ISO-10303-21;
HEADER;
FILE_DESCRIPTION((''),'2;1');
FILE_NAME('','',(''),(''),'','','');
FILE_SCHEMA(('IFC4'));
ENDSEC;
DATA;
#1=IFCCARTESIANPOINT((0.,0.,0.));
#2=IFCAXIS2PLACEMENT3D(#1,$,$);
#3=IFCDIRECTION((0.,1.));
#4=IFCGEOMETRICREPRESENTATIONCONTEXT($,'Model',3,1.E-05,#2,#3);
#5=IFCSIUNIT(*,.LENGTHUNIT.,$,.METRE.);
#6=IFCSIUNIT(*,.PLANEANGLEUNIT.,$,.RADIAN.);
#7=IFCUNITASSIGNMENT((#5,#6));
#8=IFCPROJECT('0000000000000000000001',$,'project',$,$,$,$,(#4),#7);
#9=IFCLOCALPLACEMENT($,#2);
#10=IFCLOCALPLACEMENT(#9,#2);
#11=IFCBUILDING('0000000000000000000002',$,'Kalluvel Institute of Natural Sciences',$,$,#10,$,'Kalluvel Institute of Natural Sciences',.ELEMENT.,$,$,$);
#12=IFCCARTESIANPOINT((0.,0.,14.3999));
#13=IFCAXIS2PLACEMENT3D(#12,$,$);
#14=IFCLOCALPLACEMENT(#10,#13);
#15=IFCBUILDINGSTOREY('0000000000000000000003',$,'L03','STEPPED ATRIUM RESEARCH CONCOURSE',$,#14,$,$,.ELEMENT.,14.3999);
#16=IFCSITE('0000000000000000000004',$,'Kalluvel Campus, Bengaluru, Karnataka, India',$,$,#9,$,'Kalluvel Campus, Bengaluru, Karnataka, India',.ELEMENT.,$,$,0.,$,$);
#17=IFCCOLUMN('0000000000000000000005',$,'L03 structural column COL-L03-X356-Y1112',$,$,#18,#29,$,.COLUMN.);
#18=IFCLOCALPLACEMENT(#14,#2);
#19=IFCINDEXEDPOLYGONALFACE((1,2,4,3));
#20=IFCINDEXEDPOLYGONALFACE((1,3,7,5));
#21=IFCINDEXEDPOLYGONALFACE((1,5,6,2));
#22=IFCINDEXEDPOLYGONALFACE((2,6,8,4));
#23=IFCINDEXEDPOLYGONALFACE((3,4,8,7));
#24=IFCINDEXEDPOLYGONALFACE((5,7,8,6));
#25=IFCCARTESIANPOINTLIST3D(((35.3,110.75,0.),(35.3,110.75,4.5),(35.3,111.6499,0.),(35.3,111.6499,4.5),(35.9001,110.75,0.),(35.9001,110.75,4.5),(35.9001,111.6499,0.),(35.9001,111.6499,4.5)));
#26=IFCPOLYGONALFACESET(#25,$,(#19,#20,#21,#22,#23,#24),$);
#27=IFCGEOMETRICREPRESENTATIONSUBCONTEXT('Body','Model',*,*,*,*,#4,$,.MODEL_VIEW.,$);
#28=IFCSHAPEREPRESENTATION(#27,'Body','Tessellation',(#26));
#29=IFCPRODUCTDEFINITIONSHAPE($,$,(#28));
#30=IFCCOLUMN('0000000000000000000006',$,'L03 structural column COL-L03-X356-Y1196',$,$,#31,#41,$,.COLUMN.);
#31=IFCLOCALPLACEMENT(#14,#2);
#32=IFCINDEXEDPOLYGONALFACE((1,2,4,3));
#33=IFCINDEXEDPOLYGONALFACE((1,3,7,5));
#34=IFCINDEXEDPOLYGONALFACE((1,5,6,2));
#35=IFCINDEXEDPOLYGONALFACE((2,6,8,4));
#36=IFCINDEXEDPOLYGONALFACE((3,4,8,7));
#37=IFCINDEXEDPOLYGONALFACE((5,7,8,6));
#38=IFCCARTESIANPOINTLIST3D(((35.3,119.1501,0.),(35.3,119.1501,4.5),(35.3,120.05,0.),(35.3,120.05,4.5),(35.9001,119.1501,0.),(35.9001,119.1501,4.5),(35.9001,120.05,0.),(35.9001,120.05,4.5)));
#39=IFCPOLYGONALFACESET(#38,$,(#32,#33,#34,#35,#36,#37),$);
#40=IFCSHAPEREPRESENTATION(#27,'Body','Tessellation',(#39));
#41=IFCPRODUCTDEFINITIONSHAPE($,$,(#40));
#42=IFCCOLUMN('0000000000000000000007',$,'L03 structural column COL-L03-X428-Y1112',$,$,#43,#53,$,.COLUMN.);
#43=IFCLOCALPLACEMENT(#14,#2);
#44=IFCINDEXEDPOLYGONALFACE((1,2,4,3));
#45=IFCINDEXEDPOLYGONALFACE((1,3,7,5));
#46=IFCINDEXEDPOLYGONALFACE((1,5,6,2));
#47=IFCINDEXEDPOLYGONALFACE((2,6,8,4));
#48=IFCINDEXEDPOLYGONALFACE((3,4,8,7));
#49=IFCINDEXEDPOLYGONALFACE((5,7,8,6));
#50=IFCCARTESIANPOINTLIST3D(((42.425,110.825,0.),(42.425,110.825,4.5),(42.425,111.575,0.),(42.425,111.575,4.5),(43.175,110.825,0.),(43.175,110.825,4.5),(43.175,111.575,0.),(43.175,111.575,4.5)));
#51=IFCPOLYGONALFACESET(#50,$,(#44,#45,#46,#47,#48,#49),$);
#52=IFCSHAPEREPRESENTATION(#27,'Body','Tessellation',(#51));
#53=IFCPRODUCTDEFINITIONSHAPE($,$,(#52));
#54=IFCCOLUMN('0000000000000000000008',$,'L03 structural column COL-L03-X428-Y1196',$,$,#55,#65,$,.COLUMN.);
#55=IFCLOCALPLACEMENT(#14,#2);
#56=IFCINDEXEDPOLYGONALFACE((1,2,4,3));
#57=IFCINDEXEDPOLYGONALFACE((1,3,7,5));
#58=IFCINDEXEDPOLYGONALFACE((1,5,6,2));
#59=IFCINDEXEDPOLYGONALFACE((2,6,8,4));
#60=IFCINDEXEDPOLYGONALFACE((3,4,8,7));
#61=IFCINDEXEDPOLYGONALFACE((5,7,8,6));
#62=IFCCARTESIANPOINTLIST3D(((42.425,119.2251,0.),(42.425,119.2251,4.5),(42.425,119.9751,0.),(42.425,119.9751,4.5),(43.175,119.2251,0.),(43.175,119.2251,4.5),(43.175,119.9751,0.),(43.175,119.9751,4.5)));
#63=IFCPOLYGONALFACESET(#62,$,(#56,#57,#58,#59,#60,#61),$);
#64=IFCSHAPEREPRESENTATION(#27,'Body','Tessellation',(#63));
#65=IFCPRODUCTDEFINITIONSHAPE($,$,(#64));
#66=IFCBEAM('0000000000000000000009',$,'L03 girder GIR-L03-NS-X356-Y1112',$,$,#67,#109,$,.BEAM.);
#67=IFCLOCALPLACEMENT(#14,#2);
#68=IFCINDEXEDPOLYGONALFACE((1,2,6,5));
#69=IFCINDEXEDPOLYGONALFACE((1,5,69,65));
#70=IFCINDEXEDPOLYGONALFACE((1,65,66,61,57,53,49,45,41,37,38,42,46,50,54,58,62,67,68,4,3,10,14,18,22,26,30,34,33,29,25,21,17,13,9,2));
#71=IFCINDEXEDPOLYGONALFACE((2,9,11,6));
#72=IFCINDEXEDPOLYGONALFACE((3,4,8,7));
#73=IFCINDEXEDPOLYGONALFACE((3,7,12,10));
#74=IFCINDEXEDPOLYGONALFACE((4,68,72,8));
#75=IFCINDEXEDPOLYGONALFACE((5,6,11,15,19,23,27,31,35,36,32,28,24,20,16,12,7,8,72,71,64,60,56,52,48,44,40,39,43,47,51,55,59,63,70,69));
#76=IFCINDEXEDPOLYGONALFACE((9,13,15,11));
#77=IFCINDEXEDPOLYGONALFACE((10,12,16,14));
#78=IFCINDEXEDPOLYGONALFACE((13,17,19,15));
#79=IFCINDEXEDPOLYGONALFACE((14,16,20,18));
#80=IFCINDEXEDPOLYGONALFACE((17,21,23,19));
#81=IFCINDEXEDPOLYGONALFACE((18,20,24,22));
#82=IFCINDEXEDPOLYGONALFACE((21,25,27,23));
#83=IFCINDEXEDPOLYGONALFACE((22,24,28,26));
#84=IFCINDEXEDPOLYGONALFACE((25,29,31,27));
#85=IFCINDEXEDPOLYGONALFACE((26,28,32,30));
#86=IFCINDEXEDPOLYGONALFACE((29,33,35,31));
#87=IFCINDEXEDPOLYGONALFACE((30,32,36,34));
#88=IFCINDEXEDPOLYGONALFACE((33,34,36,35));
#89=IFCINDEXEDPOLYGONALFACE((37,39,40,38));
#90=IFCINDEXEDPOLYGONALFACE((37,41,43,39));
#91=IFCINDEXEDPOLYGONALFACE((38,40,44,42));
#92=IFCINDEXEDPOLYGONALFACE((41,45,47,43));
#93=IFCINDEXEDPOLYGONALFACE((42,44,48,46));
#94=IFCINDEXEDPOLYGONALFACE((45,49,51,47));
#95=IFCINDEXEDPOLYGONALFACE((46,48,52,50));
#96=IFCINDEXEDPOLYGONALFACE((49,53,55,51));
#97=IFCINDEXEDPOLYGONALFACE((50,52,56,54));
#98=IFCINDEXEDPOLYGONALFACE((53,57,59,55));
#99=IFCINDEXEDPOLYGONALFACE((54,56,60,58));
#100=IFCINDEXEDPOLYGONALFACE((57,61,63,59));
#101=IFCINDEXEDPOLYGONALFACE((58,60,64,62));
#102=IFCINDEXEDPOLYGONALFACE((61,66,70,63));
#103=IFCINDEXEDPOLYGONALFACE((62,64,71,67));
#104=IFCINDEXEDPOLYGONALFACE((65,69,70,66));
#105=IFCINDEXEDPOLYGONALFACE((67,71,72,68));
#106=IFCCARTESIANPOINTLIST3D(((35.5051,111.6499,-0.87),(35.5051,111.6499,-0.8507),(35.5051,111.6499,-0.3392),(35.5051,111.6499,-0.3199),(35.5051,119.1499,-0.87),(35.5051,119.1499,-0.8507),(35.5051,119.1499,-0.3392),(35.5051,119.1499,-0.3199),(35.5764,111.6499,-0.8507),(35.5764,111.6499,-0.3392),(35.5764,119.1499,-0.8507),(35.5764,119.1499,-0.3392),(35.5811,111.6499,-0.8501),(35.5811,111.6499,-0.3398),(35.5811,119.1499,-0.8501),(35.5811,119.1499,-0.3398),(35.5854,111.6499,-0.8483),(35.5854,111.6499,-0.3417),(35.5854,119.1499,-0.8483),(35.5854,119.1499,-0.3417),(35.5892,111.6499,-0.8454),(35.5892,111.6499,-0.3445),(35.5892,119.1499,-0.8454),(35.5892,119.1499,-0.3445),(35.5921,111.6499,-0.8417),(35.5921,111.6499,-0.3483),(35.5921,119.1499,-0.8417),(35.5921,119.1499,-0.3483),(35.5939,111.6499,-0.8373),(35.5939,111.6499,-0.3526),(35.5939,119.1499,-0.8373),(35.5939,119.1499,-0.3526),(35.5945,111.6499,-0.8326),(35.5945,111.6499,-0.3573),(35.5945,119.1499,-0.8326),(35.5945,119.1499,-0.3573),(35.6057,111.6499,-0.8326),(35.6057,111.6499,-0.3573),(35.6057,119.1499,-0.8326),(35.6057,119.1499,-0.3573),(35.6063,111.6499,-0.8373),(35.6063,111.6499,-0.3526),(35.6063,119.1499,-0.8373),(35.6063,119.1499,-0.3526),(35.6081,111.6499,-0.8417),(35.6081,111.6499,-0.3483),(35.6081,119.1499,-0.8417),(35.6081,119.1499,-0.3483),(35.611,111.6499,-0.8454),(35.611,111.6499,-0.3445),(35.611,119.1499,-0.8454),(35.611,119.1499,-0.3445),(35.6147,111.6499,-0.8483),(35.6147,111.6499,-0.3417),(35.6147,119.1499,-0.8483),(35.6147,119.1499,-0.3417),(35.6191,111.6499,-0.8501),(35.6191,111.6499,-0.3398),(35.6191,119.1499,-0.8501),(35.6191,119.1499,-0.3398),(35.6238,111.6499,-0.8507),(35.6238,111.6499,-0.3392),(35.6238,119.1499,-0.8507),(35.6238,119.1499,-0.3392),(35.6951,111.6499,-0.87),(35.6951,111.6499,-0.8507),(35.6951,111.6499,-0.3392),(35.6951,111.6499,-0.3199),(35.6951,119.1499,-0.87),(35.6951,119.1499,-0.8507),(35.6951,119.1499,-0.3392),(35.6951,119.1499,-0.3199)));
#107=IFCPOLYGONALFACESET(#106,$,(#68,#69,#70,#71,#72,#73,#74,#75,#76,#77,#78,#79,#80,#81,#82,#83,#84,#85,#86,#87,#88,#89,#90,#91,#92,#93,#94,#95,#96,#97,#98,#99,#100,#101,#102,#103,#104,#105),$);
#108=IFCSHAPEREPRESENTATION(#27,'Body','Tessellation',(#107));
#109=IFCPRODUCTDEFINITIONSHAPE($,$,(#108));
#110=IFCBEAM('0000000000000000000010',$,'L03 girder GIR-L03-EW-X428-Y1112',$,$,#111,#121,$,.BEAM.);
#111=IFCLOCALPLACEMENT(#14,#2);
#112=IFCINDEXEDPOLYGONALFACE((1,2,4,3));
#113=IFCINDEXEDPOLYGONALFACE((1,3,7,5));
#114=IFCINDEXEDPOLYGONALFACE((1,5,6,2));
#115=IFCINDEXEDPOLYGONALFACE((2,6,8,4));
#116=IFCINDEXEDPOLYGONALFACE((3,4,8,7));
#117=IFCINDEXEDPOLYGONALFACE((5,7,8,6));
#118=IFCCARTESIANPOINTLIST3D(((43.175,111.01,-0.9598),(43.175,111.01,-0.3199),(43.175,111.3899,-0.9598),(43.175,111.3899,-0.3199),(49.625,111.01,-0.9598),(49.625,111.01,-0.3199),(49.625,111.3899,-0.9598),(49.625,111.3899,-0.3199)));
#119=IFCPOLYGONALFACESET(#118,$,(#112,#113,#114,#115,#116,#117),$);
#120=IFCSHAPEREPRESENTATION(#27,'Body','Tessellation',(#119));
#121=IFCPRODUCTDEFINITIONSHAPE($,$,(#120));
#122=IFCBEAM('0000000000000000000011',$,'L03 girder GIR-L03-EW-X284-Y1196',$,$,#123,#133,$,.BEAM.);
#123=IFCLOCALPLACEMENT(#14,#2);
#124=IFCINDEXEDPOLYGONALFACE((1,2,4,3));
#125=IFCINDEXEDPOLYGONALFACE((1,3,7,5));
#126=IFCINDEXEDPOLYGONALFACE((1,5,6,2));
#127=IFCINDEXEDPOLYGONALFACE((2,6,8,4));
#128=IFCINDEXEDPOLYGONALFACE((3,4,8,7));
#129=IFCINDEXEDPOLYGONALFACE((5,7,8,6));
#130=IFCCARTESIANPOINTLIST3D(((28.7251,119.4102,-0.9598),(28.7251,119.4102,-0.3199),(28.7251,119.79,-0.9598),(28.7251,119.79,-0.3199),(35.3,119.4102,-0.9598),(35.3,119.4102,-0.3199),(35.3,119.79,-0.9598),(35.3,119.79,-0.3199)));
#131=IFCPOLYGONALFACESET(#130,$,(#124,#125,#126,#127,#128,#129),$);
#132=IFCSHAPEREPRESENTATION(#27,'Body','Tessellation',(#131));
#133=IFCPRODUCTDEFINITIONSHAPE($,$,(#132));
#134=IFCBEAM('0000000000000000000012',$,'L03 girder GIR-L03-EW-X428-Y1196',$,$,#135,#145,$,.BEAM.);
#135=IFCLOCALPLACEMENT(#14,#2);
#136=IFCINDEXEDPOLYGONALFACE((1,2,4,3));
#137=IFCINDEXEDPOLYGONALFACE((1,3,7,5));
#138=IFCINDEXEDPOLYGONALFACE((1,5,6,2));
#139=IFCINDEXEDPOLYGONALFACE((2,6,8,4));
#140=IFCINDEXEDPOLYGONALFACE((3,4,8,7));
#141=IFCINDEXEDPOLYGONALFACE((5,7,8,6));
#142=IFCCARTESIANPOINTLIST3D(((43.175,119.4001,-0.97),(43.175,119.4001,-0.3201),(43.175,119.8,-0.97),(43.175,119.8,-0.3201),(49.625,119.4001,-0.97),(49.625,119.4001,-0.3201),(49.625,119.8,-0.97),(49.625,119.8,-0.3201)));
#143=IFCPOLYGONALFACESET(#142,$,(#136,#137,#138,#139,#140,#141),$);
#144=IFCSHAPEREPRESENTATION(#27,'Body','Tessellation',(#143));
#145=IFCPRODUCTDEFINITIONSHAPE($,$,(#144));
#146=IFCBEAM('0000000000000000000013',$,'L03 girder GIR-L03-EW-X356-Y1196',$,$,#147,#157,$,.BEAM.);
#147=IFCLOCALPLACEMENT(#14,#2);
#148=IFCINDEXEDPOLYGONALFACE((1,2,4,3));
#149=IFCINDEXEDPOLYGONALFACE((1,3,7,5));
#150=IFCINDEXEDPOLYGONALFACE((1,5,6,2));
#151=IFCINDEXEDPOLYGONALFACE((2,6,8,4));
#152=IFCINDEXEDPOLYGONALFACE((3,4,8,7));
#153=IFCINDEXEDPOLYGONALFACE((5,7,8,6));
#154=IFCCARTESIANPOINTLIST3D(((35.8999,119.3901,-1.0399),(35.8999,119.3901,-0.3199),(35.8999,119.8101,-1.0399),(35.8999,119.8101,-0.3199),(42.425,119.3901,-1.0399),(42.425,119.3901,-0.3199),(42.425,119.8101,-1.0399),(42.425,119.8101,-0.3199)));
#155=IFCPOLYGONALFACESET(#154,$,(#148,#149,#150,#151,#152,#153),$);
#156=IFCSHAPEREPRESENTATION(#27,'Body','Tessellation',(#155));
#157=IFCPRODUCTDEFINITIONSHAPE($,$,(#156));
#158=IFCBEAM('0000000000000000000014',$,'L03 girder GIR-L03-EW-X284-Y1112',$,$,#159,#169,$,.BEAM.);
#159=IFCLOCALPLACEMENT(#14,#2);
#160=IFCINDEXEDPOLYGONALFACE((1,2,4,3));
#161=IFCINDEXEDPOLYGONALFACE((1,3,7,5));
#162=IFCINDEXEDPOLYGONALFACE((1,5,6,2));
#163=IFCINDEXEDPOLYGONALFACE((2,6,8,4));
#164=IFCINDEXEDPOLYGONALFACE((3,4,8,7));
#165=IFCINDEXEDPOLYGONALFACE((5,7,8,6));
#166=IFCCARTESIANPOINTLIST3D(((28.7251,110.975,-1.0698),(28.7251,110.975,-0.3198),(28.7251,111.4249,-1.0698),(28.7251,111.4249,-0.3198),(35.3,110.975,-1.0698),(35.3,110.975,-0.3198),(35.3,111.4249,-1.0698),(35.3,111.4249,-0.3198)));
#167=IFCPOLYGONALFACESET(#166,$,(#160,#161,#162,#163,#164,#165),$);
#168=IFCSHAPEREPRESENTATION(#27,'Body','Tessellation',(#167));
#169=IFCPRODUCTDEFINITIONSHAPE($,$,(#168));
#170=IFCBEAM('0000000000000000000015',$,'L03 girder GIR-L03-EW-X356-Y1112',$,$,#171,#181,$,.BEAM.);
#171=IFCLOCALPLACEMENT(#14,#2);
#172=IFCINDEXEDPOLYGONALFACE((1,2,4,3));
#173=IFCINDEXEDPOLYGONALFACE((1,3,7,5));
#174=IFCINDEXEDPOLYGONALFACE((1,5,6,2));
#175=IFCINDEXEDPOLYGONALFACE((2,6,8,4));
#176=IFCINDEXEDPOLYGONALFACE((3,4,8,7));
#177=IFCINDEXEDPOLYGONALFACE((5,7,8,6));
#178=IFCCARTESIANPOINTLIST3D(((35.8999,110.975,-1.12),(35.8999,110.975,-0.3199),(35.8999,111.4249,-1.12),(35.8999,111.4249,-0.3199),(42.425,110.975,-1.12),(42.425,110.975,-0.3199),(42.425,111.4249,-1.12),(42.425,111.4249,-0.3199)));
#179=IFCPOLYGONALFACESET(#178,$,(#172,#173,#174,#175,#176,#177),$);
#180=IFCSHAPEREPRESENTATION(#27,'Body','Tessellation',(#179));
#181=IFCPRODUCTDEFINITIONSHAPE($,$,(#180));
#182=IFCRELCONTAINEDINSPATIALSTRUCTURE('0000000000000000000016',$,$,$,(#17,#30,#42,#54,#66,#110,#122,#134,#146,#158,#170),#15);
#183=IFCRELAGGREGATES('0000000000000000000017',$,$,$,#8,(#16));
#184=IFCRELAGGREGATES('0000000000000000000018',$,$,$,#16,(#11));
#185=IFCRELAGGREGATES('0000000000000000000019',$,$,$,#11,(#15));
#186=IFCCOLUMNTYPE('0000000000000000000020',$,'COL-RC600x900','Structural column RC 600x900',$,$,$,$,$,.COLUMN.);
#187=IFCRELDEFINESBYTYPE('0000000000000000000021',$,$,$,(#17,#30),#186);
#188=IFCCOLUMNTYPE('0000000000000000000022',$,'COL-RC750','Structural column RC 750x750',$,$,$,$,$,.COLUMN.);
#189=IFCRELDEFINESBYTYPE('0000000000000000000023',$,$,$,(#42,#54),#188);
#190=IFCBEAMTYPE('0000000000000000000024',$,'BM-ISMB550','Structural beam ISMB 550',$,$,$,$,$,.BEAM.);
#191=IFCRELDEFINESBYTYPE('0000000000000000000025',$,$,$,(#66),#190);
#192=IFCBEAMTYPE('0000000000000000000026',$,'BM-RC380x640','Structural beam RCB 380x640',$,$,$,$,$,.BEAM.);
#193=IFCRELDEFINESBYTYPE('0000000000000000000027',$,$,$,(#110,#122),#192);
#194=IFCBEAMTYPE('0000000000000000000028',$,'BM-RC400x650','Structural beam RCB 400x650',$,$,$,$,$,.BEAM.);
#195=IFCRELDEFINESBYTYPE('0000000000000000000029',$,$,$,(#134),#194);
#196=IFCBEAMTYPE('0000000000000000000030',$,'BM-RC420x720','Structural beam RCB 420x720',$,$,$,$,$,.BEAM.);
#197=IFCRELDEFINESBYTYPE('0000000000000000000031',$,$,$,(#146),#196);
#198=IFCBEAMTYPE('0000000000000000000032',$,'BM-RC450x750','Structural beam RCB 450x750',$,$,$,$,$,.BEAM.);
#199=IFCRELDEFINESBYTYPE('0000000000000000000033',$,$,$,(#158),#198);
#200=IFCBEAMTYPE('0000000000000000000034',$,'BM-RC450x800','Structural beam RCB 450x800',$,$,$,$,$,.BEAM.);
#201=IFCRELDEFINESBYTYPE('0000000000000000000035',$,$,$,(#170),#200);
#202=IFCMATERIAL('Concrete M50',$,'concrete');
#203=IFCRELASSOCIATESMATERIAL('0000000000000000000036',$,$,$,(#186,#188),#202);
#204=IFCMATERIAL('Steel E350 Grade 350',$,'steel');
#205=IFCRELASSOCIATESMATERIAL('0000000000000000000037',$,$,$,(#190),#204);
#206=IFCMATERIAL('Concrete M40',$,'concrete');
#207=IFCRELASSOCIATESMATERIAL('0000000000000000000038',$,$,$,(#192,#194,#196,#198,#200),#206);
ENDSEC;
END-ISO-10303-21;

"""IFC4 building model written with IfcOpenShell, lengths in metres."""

from ifc_helpers import new_model, si_unit, direction, frame, origin, origin_2d, place, context, subcontext, project, spatial, rectangle, i_section, extrude, material, material_profile, profile_set, type_object, element, save


model = new_model("IFC4")

# Units and contexts
model_context = context("Model", 3, precision=1e-05, world=origin(), true_north=direction((0.0, 1.0)))
body_context = subcontext(model_context, "Body", "Model", "MODEL_VIEW")
ifc_project = project(units=[si_unit("LENGTHUNIT", "METRE"), si_unit("PLANEANGLEUNIT", "RADIAN")], contexts=[model_context])

# Site, building, storey
site_placement = place(None, origin())
site = spatial("IfcSite", under=ifc_project, at=site_placement, Name="Kalluvel Campus, Bengaluru, Karnataka, India", LongName="Kalluvel Campus, Bengaluru, Karnataka, India", CompositionType="ELEMENT", RefElevation=0.0)
building_placement = place(site_placement, origin())
building = spatial("IfcBuilding", under=site, at=building_placement, Name="Kalluvel Institute of Natural Sciences", LongName="Kalluvel Institute of Natural Sciences", CompositionType="ELEMENT")
storey_placement = place(building_placement, frame((0.0, 0.0, 14.3999)))
storey = spatial("IfcBuildingStorey", under=building, at=storey_placement, Name="L03", Description="STEPPED ATRIUM RESEARCH CONCOURSE", CompositionType="ELEMENT", Elevation=14.3999)

# Columns
ifc_material_1 = material(Name="Concrete M50", Category="concrete")
ifc_material_profile_1 = material_profile(ifc_material_1, rectangle(XDim=0.6001, YDim=0.8999, at=origin_2d()), Name="RC 600x900")
ifc_profile_set_1 = profile_set([ifc_material_profile_1], Name="Concrete M50")
column_type_1 = type_object("IfcColumnType", Name="COL-RC600x900", Description="Structural column RC 600x900", PredefinedType="COLUMN", material=ifc_profile_set_1)
for number, where, z_axis, x_axis, name in (
    (1, (35.6001, 111.2, 0.0), (0.0, 0.0, 1.0), (1.0, 0.0, 0.0), "L03 structural column COL-L03-X356-Y1112"),
    (2, (35.6001, 119.6001, 0.0), (0.0, 0.0, 1.0), (1.0, 0.0, 0.0), "L03 structural column COL-L03-X356-Y1196"),
):
    element("IfcColumn", number, at=place(storey_placement, frame(where, z_axis=z_axis, x_axis=x_axis)), inside=storey, type_object=column_type_1, Name=name, PredefinedType="COLUMN", context=body_context, shape_type="SweptSolid", body=[
        extrude(rectangle(XDim=0.6001, YDim=0.8999, at=origin_2d()), origin(), (0.0, 0.0, 1.0), 4.5),
    ])
ifc_material_profile_2 = material_profile(ifc_material_1, rectangle(XDim=0.75, YDim=0.75, at=origin_2d()), Name="RC 750x750")
ifc_profile_set_2 = profile_set([ifc_material_profile_2], Name="Concrete M50")
column_type_2 = type_object("IfcColumnType", Name="COL-RC750", Description="Structural column RC 750x750", PredefinedType="COLUMN", material=ifc_profile_set_2)
for number, where, z_axis, x_axis, name in (
    (3, (42.8, 111.2, 0.0), (0.0, 0.0, 1.0), (1.0, 0.0, 0.0), "L03 structural column COL-L03-X428-Y1112"),
    (4, (42.8, 119.6001, 0.0), (0.0, 0.0, 1.0), (1.0, 0.0, 0.0), "L03 structural column COL-L03-X428-Y1196"),
):
    element("IfcColumn", number, at=place(storey_placement, frame(where, z_axis=z_axis, x_axis=x_axis)), inside=storey, type_object=column_type_2, Name=name, PredefinedType="COLUMN", context=body_context, shape_type="SweptSolid", body=[
        extrude(rectangle(XDim=0.75, YDim=0.75, at=origin_2d()), origin(), (0.0, 0.0, 1.0), 4.5),
    ])

# Beams
ifc_material_2 = material(Name="Steel E350 Grade 350", Category="steel")
ifc_material_profile_3 = material_profile(ifc_material_2, i_section(OverallWidth=0.1899, OverallDepth=0.55, WebThickness=0.0112, FlangeThickness=0.0193, FilletRadius=0.0181, at=origin_2d()), Name="ISMB 550")
ifc_profile_set_3 = profile_set([ifc_material_profile_3], Name="Steel E350 Grade 350")
beam_type_1 = type_object("IfcBeamType", Name="BM-ISMB550", Description="Structural beam ISMB 550", PredefinedType="BEAM", material=ifc_profile_set_3)
beam_1_placement = place(storey_placement, frame((35.6001, 111.6499, -0.595), z_axis=(0.0, 1.0, 0.0), x_axis=(-1.0, 0.0, 0.0)))
element("IfcBeam", 5, at=beam_1_placement, inside=storey, type_object=beam_type_1, Name="L03 girder GIR-L03-NS-X356-Y1112", PredefinedType="BEAM", context=body_context, shape_type="SweptSolid", body=[
    extrude(i_section(OverallWidth=0.1899, OverallDepth=0.55, WebThickness=0.0112, FlangeThickness=0.0193, FilletRadius=0.0181, at=origin_2d()), origin(), (0.0, 0.0, 1.0), 7.5),
])
ifc_material_3 = material(Name="Concrete M40", Category="concrete")
ifc_material_profile_4 = material_profile(ifc_material_3, rectangle(XDim=0.3799, YDim=0.6399, at=origin_2d()), Name="RCB 380x640")
ifc_profile_set_4 = profile_set([ifc_material_profile_4], Name="Concrete M40")
beam_type_2 = type_object("IfcBeamType", Name="BM-RC380x640", Description="Structural beam RCB 380x640", PredefinedType="BEAM", material=ifc_profile_set_4)
beam_2_placement = place(storey_placement, frame((43.175, 111.2, -0.6399), z_axis=(1.0, 0.0, 0.0), x_axis=(0.0, 1.0, 0.0)))
element("IfcBeam", 6, at=beam_2_placement, inside=storey, type_object=beam_type_2, Name="L03 girder GIR-L03-EW-X428-Y1112", PredefinedType="BEAM", context=body_context, shape_type="SweptSolid", body=[
    extrude(rectangle(XDim=0.3799, YDim=0.6399, at=origin_2d()), origin(), (0.0, 0.0, 1.0), 6.45),
])
beam_3_placement = place(storey_placement, frame((28.7251, 119.6001, -0.6399), z_axis=(1.0, 0.0, 0.0), x_axis=(0.0, 1.0, 0.0)))
element("IfcBeam", 7, at=beam_3_placement, inside=storey, type_object=beam_type_2, Name="L03 girder GIR-L03-EW-X284-Y1196", PredefinedType="BEAM", context=body_context, shape_type="SweptSolid", body=[
    extrude(rectangle(XDim=0.3799, YDim=0.6399, at=origin_2d()), origin(), (0.0, 0.0, 1.0), 6.575),
])
ifc_material_profile_5 = material_profile(ifc_material_3, rectangle(XDim=0.3999, YDim=0.6499, at=origin_2d()), Name="RCB 400x650")
ifc_profile_set_5 = profile_set([ifc_material_profile_5], Name="Concrete M40")
beam_type_3 = type_object("IfcBeamType", Name="BM-RC400x650", Description="Structural beam RCB 400x650", PredefinedType="BEAM", material=ifc_profile_set_5)
beam_4_placement = place(storey_placement, frame((43.175, 119.6001, -0.645), z_axis=(1.0, 0.0, 0.0), x_axis=(0.0, 1.0, 0.0)))
element("IfcBeam", 8, at=beam_4_placement, inside=storey, type_object=beam_type_3, Name="L03 girder GIR-L03-EW-X428-Y1196", PredefinedType="BEAM", context=body_context, shape_type="SweptSolid", body=[
    extrude(rectangle(XDim=0.3999, YDim=0.6499, at=origin_2d()), origin(), (0.0, 0.0, 1.0), 6.45),
])
ifc_material_profile_6 = material_profile(ifc_material_3, rectangle(XDim=0.4199, YDim=0.72, at=origin_2d()), Name="RCB 420x720")
ifc_profile_set_6 = profile_set([ifc_material_profile_6], Name="Concrete M40")
beam_type_4 = type_object("IfcBeamType", Name="BM-RC420x720", Description="Structural beam RCB 420x720", PredefinedType="BEAM", material=ifc_profile_set_6)
beam_5_placement = place(storey_placement, frame((35.8999, 119.6001, -0.6799), z_axis=(1.0, 0.0, 0.0), x_axis=(0.0, 1.0, 0.0)))
element("IfcBeam", 9, at=beam_5_placement, inside=storey, type_object=beam_type_4, Name="L03 girder GIR-L03-EW-X356-Y1196", PredefinedType="BEAM", context=body_context, shape_type="SweptSolid", body=[
    extrude(rectangle(XDim=0.4199, YDim=0.72, at=origin_2d()), origin(), (0.0, 0.0, 1.0), 6.5251),
])
ifc_material_profile_7 = material_profile(ifc_material_3, rectangle(XDim=0.45, YDim=0.75, at=origin_2d()), Name="RCB 450x750")
ifc_profile_set_7 = profile_set([ifc_material_profile_7], Name="Concrete M40")
beam_type_5 = type_object("IfcBeamType", Name="BM-RC450x750", Description="Structural beam RCB 450x750", PredefinedType="BEAM", material=ifc_profile_set_7)
beam_6_placement = place(storey_placement, frame((28.7251, 111.2, -0.6948), z_axis=(1.0, 0.0, 0.0), x_axis=(0.0, 1.0, 0.0)))
element("IfcBeam", 10, at=beam_6_placement, inside=storey, type_object=beam_type_5, Name="L03 girder GIR-L03-EW-X284-Y1112", PredefinedType="BEAM", context=body_context, shape_type="SweptSolid", body=[
    extrude(rectangle(XDim=0.45, YDim=0.75, at=origin_2d()), origin(), (0.0, 0.0, 1.0), 6.575),
])
ifc_material_profile_8 = material_profile(ifc_material_3, rectangle(XDim=0.45, YDim=0.8, at=origin_2d()), Name="RCB 450x800")
ifc_profile_set_8 = profile_set([ifc_material_profile_8], Name="Concrete M40")
beam_type_6 = type_object("IfcBeamType", Name="BM-RC450x800", Description="Structural beam RCB 450x800", PredefinedType="BEAM", material=ifc_profile_set_8)
beam_7_placement = place(storey_placement, frame((35.8999, 111.2, -0.72), z_axis=(1.0, 0.0, 0.0), x_axis=(0.0, 1.0, 0.0)))
element("IfcBeam", 11, at=beam_7_placement, inside=storey, type_object=beam_type_6, Name="L03 girder GIR-L03-EW-X356-Y1112", PredefinedType="BEAM", context=body_context, shape_type="SweptSolid", body=[
    extrude(rectangle(XDim=0.45, YDim=0.8, at=origin_2d()), origin(), (0.0, 0.0, 1.0), 6.5251),
])

save(model, "model.ifc")
